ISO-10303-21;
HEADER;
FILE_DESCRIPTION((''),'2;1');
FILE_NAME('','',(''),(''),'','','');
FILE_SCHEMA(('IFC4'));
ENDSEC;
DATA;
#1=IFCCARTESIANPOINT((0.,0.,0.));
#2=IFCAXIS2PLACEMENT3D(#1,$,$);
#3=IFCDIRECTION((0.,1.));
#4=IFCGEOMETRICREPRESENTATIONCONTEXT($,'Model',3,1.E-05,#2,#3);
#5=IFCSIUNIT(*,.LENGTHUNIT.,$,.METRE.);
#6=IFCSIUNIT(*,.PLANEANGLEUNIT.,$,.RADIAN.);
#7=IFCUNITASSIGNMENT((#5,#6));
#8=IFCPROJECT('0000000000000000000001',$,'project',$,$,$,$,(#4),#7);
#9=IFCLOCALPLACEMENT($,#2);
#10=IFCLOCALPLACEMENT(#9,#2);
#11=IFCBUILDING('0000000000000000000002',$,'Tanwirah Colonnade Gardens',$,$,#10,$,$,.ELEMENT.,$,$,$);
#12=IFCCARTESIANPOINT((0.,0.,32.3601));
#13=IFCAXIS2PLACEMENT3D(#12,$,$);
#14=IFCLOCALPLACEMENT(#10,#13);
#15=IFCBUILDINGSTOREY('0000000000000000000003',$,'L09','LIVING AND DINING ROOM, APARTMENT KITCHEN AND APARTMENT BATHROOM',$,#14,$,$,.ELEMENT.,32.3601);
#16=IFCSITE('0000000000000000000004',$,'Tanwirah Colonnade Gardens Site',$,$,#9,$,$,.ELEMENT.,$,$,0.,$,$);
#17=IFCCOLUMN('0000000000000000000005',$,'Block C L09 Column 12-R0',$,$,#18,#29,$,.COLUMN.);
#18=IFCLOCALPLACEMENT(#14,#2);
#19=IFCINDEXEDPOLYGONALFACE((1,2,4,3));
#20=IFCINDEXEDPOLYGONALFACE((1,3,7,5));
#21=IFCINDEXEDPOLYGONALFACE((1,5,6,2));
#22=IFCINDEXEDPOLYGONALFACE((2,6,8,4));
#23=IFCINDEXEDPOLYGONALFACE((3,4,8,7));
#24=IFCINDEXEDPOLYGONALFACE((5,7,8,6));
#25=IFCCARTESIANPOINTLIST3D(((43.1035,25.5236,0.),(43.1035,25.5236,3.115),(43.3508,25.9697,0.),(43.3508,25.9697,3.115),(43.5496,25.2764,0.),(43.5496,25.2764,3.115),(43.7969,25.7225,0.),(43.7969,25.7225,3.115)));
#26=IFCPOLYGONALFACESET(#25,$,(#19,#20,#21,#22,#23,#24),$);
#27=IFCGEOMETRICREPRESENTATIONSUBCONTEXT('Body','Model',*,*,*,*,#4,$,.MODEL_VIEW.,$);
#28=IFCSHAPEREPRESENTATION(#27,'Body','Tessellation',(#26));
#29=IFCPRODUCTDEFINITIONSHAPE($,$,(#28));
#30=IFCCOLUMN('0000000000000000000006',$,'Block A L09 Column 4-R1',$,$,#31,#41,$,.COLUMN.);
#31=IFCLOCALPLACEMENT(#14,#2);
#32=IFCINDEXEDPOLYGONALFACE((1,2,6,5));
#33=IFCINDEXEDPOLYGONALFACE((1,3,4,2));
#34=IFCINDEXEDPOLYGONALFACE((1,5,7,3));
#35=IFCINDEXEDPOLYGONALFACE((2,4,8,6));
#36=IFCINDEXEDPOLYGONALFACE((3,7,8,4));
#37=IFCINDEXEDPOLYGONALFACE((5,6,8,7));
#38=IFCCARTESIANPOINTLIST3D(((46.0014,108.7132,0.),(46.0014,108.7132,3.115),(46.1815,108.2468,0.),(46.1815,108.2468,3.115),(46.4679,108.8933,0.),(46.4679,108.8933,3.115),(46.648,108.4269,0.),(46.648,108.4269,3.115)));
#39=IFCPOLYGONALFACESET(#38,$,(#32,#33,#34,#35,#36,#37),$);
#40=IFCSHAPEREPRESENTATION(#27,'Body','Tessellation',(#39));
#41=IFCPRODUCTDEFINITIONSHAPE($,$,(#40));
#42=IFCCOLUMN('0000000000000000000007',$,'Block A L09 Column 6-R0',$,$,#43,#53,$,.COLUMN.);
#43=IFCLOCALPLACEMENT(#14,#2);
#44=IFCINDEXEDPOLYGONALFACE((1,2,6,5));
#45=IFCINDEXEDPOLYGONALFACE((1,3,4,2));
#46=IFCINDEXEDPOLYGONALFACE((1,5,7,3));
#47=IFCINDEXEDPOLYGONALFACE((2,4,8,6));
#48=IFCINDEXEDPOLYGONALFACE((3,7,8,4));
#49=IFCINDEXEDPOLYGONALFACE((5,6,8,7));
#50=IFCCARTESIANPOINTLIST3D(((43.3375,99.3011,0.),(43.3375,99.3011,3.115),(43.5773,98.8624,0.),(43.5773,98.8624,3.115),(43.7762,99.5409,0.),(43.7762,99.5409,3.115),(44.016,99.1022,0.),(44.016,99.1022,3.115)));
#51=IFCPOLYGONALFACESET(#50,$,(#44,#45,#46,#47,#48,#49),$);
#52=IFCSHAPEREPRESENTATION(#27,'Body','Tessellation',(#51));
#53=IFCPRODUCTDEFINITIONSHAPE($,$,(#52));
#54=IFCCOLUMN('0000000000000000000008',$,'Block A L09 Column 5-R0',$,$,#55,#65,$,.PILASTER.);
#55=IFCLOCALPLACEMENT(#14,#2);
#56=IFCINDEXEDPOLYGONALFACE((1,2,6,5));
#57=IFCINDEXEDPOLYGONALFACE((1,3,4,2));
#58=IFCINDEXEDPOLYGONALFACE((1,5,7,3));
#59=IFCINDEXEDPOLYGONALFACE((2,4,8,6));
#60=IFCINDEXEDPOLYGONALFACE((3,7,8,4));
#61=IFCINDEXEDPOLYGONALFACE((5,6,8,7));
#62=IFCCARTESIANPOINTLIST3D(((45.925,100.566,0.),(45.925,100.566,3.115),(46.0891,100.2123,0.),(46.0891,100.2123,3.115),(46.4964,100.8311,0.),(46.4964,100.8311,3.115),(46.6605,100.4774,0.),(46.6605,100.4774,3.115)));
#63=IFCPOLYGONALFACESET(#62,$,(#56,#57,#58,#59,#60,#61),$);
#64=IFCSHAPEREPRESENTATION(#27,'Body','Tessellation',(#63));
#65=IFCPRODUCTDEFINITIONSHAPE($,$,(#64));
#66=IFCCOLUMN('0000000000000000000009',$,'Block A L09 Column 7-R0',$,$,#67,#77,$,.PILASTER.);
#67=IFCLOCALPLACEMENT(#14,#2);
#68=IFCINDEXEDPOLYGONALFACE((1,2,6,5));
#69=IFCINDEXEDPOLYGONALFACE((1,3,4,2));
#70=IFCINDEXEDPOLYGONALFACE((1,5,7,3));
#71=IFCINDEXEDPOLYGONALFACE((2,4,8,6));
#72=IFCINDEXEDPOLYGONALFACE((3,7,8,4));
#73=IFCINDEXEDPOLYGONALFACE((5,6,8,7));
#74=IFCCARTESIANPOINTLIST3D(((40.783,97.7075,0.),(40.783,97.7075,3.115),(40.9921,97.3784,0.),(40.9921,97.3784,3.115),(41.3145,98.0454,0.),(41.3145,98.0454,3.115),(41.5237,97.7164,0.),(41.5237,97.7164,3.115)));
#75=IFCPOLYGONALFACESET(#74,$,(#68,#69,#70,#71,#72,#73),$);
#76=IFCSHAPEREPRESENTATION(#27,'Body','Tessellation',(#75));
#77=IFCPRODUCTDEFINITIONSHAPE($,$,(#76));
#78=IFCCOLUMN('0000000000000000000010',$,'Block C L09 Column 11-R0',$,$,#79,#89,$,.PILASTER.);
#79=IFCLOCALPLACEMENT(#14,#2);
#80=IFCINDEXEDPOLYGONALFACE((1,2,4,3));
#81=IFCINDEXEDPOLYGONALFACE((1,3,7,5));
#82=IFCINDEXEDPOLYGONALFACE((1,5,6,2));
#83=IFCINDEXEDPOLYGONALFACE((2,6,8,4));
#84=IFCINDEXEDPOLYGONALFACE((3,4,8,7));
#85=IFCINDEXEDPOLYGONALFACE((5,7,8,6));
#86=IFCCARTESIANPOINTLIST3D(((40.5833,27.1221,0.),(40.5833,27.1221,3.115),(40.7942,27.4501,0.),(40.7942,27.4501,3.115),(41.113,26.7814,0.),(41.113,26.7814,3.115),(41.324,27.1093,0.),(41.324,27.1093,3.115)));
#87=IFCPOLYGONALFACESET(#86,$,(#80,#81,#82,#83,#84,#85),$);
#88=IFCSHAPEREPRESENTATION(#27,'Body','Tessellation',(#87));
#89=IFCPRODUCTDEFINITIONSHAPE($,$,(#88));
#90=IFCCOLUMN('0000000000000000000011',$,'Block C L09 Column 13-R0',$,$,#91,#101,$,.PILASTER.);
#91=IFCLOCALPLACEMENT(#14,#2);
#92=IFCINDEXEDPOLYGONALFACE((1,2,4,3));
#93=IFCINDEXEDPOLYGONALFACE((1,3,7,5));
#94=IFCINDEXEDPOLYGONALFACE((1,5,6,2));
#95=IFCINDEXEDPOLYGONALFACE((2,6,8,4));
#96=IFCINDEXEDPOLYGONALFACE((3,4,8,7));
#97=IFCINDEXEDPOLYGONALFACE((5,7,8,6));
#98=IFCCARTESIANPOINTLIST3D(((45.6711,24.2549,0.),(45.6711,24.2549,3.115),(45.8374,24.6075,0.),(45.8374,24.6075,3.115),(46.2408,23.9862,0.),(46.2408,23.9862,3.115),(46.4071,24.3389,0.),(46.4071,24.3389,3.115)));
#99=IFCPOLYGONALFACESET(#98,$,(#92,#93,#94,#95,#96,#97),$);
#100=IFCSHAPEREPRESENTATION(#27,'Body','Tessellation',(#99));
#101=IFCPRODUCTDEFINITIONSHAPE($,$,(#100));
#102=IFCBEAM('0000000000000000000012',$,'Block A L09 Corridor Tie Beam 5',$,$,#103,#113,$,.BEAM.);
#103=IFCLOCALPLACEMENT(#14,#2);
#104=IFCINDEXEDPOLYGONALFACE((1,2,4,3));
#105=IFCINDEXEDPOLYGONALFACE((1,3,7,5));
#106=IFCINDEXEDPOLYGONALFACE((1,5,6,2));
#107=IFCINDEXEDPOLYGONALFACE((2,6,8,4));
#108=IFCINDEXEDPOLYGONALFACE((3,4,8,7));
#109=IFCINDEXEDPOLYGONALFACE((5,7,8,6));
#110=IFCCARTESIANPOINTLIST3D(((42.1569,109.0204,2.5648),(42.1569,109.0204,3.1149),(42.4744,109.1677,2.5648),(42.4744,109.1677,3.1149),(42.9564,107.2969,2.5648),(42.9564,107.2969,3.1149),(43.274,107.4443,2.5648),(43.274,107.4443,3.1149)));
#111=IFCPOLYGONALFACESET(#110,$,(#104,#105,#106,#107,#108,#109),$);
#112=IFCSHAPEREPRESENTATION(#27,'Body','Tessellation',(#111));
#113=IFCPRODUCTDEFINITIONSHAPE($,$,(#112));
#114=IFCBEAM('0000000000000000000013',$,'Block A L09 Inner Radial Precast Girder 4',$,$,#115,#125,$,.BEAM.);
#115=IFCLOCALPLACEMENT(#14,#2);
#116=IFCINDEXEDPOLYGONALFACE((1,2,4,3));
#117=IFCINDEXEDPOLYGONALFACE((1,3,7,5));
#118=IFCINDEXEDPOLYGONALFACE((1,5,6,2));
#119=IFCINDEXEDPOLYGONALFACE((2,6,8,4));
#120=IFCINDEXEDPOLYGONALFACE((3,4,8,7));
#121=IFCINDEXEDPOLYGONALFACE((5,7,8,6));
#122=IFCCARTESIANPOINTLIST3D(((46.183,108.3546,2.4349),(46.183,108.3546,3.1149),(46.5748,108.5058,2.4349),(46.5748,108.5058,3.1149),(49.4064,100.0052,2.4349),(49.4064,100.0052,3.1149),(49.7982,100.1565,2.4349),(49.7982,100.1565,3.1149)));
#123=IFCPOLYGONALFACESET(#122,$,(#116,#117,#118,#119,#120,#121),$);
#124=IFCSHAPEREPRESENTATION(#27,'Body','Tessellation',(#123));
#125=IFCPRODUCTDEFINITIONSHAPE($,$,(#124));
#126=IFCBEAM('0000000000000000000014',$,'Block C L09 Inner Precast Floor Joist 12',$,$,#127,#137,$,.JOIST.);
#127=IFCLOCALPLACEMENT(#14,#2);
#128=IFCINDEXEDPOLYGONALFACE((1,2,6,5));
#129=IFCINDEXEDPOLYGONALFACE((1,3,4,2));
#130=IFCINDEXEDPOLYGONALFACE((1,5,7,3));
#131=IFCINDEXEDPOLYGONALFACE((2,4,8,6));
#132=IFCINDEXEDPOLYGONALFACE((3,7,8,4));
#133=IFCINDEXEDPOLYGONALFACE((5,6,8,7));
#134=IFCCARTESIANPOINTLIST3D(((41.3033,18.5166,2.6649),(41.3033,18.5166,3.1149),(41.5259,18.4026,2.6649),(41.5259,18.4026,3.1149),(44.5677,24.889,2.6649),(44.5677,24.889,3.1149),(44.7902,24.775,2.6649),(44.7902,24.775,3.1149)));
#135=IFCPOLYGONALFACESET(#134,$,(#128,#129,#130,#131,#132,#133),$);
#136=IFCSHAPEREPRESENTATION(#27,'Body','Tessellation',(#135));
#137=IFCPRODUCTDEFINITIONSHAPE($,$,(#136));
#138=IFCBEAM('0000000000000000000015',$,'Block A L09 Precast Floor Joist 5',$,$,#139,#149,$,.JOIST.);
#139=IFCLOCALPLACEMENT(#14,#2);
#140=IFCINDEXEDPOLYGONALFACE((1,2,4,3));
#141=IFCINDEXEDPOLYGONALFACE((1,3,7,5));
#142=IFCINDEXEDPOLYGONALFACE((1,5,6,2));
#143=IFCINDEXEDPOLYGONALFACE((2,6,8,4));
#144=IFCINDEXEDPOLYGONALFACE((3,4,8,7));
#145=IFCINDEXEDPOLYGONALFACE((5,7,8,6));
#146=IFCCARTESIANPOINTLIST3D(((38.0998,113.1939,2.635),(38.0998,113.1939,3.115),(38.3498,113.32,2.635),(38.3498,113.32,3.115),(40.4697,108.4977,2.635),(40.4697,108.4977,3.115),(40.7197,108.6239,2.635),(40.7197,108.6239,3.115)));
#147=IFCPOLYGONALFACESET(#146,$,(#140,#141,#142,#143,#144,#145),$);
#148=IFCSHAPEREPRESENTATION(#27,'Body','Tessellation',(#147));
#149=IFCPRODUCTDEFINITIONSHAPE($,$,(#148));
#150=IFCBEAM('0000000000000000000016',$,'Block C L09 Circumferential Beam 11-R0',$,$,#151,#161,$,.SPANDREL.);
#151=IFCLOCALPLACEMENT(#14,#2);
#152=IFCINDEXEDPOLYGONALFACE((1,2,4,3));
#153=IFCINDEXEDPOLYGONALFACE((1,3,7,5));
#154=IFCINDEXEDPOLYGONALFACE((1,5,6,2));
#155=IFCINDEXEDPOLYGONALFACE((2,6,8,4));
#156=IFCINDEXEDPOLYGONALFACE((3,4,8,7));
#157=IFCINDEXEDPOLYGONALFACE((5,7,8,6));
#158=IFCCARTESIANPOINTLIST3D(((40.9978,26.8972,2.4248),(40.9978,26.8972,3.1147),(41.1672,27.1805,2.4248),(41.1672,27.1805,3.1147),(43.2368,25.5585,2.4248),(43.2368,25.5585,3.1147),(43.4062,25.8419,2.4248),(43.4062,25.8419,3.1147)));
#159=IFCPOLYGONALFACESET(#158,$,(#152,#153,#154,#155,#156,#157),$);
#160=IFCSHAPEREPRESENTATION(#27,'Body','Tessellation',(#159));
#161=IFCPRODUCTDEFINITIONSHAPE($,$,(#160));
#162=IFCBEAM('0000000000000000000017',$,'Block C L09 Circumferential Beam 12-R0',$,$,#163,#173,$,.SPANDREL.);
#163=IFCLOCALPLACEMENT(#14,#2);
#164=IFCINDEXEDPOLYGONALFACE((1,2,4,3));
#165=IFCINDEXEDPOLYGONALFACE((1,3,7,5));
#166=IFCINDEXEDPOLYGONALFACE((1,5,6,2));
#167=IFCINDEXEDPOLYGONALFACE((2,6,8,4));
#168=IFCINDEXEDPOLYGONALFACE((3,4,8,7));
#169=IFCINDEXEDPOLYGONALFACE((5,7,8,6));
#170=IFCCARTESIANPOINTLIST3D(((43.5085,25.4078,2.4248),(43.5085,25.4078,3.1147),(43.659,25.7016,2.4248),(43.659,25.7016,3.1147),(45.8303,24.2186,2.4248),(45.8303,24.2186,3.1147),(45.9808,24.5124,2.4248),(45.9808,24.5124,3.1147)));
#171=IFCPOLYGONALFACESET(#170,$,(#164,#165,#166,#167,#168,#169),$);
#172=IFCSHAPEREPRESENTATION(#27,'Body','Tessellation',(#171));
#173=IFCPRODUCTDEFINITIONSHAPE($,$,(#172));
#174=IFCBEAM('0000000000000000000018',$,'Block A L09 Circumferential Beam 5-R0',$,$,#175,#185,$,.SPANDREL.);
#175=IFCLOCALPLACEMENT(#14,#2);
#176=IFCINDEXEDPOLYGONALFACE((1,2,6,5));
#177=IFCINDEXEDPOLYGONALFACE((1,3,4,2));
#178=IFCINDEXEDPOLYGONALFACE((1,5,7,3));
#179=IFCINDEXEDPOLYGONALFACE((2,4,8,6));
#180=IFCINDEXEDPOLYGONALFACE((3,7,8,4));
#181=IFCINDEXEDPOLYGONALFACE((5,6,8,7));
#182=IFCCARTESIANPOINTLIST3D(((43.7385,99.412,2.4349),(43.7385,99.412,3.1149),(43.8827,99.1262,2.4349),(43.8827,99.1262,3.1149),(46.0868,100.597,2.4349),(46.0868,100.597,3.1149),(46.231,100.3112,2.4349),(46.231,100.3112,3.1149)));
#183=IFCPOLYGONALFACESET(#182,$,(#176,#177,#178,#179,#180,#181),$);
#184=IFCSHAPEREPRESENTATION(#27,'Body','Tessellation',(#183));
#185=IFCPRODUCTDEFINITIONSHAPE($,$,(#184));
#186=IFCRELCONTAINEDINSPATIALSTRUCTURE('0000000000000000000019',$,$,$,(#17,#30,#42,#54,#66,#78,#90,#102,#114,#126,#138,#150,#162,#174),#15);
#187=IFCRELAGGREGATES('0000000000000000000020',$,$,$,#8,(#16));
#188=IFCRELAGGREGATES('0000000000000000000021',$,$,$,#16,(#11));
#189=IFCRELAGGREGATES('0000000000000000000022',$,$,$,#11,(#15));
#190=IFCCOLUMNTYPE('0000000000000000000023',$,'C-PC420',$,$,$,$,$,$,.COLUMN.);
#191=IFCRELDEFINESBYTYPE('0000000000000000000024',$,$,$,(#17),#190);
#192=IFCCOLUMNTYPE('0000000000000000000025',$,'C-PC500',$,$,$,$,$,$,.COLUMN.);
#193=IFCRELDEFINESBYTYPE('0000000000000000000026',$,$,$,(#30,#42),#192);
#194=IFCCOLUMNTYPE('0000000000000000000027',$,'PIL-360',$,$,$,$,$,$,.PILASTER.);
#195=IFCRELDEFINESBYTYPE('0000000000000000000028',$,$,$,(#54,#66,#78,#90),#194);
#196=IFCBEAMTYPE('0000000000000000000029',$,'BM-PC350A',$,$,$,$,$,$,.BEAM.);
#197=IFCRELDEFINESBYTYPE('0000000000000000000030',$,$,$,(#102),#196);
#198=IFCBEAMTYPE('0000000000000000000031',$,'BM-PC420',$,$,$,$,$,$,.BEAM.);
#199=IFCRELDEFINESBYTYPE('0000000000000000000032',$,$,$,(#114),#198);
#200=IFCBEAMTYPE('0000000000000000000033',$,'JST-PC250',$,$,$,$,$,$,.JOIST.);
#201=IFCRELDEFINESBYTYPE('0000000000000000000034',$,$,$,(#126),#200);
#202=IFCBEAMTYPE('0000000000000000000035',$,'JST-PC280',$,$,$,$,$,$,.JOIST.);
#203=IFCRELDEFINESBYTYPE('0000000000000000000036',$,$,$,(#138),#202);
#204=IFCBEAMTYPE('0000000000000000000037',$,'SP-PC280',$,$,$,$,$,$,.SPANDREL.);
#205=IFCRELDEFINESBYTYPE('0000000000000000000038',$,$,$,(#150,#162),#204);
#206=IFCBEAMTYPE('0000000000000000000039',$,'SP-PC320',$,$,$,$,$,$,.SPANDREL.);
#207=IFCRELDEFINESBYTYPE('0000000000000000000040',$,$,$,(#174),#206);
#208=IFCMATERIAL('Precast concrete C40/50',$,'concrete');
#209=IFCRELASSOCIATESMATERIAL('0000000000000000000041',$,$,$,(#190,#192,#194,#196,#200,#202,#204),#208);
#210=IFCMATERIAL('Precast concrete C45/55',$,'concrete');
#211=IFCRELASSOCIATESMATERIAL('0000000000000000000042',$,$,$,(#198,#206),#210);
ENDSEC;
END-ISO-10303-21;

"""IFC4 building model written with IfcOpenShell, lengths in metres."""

from ifc_helpers import new_model, si_unit, direction, frame, origin, origin_2d, place, context, subcontext, project, spatial, rectangle, extrude, material, material_profile, profile_set, type_object, element, save


model = new_model("IFC4")

# Units and contexts
model_context = context("Model", 3, precision=1e-05, world=origin(), true_north=direction((0.0, 1.0)))
body_context = subcontext(model_context, "Body", "Model", "MODEL_VIEW")
ifc_project = project(units=[si_unit("LENGTHUNIT", "METRE"), si_unit("PLANEANGLEUNIT", "RADIAN")], contexts=[model_context])

# Site, building, storey
site_placement = place(None, origin())
site = spatial("IfcSite", under=ifc_project, at=site_placement, Name="Tanwirah Colonnade Gardens Site", CompositionType="ELEMENT", RefElevation=0.0)
building_placement = place(site_placement, origin())
building = spatial("IfcBuilding", under=site, at=building_placement, Name="Tanwirah Colonnade Gardens", CompositionType="ELEMENT")
storey_placement = place(building_placement, frame((0.0, 0.0, 32.3601)))
storey = spatial("IfcBuildingStorey", under=building, at=storey_placement, Name="L09", Description="LIVING AND DINING ROOM, APARTMENT KITCHEN AND APARTMENT BATHROOM", CompositionType="ELEMENT", Elevation=32.3601)

# Columns
ifc_material_1 = material(Name="Precast concrete C40/50", Category="concrete")
ifc_material_profile_1 = material_profile(ifc_material_1, rectangle(XDim=0.51, YDim=0.51, at=origin_2d()), Name="PC-COL 510x510")
ifc_profile_set_1 = profile_set([ifc_material_profile_1], Name="Precast concrete C40/50")
column_type_1 = type_object("IfcColumnType", Name="C-PC420", PredefinedType="COLUMN", material=ifc_profile_set_1)
column_placement = place(storey_placement, frame((43.4502, 25.623, 0.0), z_axis=(0.0, 0.0, 1.0), x_axis=(-0.48481, -0.87462, 0.0)))
element("IfcColumn", 1, at=column_placement, inside=storey, type_object=column_type_1, Name="Block C L09 Column 12-R0", PredefinedType="COLUMN", context=body_context, shape_type="SweptSolid", body=[
    extrude(rectangle(XDim=0.51, YDim=0.51, at=origin_2d()), origin(), (0.0, 0.0, 1.0), 3.115),
])
ifc_material_profile_2 = material_profile(ifc_material_1, rectangle(XDim=0.5, YDim=0.5, at=origin_2d()), Name="PC-COL 500x500")
ifc_profile_set_2 = profile_set([ifc_material_profile_2], Name="Precast concrete C40/50")
column_type_2 = type_object("IfcColumnType", Name="C-PC500", PredefinedType="COLUMN", material=ifc_profile_set_2)
for number, where, z_axis, x_axis, name in (
    (2, (46.3247, 108.5701, 0.0), (0.0, 0.0, 1.0), (-0.360178, 0.932884, 0.0), "Block A L09 Column 4-R1"),
    (3, (43.6768, 99.2017, 0.0), (0.0, 0.0, 1.0), (-0.479713, 0.877425, 0.0), "Block A L09 Column 6-R0"),
):
    element("IfcColumn", number, at=place(storey_placement, frame(where, z_axis=z_axis, x_axis=x_axis)), inside=storey, type_object=column_type_2, Name=name, PredefinedType="COLUMN", context=body_context, shape_type="SweptSolid", body=[
        extrude(rectangle(XDim=0.5, YDim=0.5, at=origin_2d()), origin(), (0.0, 0.0, 1.0), 3.115),
    ])
ifc_material_profile_3 = material_profile(ifc_material_1, rectangle(XDim=0.3899, YDim=0.6299, at=origin_2d()), Name="PC-PIL 390x630")
ifc_profile_set_3 = profile_set([ifc_material_profile_3], Name="Precast concrete C40/50")
column_type_3 = type_object("IfcColumnType", Name="PIL-360", PredefinedType="PILASTER", material=ifc_profile_set_3)
for number, where, z_axis, x_axis, name in (
    (4, (46.2927, 100.5217, 0.0), (0.0, 0.0, 1.0), (-0.42086, 0.907126, 0.0), "Block A L09 Column 5-R0"),
    (5, (41.1533, 97.7119, 0.0), (0.0, 0.0, 1.0), (-0.536482, 0.843912, 0.0), "Block A L09 Column 7-R0"),
    (6, (40.9536, 27.1157, 0.0), (0.0, 0.0, 1.0), (-0.540974, -0.841039, 0.0), "Block C L09 Column 11-R0"),
    (7, (46.0391, 24.2969, 0.0), (0.0, 0.0, 1.0), (-0.426569, -0.904455, 0.0), "Block C L09 Column 13-R0"),
):
    element("IfcColumn", number, at=place(storey_placement, frame(where, z_axis=z_axis, x_axis=x_axis)), inside=storey, type_object=column_type_3, Name=name, PredefinedType="PILASTER", context=body_context, shape_type="SweptSolid", body=[
        extrude(rectangle(XDim=0.3899, YDim=0.6299, at=origin_2d()), origin(), (0.0, 0.0, 1.0), 3.115),
    ])

# Beams
ifc_material_profile_4 = material_profile(ifc_material_1, rectangle(XDim=0.3501, YDim=0.55, at=origin_2d()), Name="PC-BM 350x550")
ifc_profile_set_4 = profile_set([ifc_material_profile_4], Name="Precast concrete C40/50")
beam_type_1 = type_object("IfcBeamType", Name="BM-PC350A", PredefinedType="BEAM", material=ifc_profile_set_4)
beam_1_placement = place(storey_placement, frame((43.1152, 107.3706, 2.8398), z_axis=(-0.420858, 0.907126, 0.0), x_axis=(-0.907126, -0.420858, 0.0)))
element("IfcBeam", 8, at=beam_1_placement, inside=storey, type_object=beam_type_1, Name="Block A L09 Corridor Tie Beam 5", PredefinedType="BEAM", context=body_context, shape_type="SweptSolid", body=[
    extrude(rectangle(XDim=0.3501, YDim=0.55, at=origin_2d()), origin(), (0.0, 0.0, 1.0), 1.8999),
])
ifc_material_2 = material(Name="Precast concrete C45/55", Category="concrete")
ifc_material_profile_5 = material_profile(ifc_material_2, rectangle(XDim=0.4199, YDim=0.6799, at=origin_2d()), Name="PC-BM 420x680")
ifc_profile_set_5 = profile_set([ifc_material_profile_5], Name="Precast concrete C45/55")
beam_type_2 = type_object("IfcBeamType", Name="BM-PC420", PredefinedType="BEAM", material=ifc_profile_set_5)
beam_2_placement = place(storey_placement, frame((46.3789, 108.4302, 2.7749), z_axis=(0.360156, -0.932892, 0.0), x_axis=(0.932892, 0.360156, 0.0)))
element("IfcBeam", 9, at=beam_2_placement, inside=storey, type_object=beam_type_2, Name="Block A L09 Inner Radial Precast Girder 4", PredefinedType="BEAM", context=body_context, shape_type="SweptSolid", body=[
    extrude(rectangle(XDim=0.4199, YDim=0.6799, at=origin_2d()), origin(), (0.0, 0.0, 1.0), 8.95),
])
ifc_material_profile_6 = material_profile(ifc_material_1, rectangle(XDim=0.25, YDim=0.45, at=origin_2d()), Name="PC-JST 250x450")
ifc_profile_set_6 = profile_set([ifc_material_profile_6], Name="Precast concrete C40/50")
beam_type_3 = type_object("IfcBeamType", Name="JST-PC250", PredefinedType="JOIST", material=ifc_profile_set_6)
beam_3_placement = place(storey_placement, frame((44.679, 24.832, 2.8899), z_axis=(-0.455921, -0.89002, 0.0), x_axis=(0.89002, -0.455921, 0.0)))
element("IfcBeam", 10, at=beam_3_placement, inside=storey, type_object=beam_type_3, Name="Block C L09 Inner Precast Floor Joist 12", PredefinedType="JOIST", context=body_context, shape_type="SweptSolid", body=[
    extrude(rectangle(XDim=0.25, YDim=0.45, at=origin_2d()), origin(), (0.0, 0.0, 1.0), 7.1599),
])
ifc_material_profile_7 = material_profile(ifc_material_1, rectangle(XDim=0.28, YDim=0.48, at=origin_2d()), Name="PC-JST 280x480")
ifc_profile_set_7 = profile_set([ifc_material_profile_7], Name="Precast concrete C40/50")
beam_type_4 = type_object("IfcBeamType", Name="JST-PC280", PredefinedType="JOIST", material=ifc_profile_set_7)
beam_4_placement = place(storey_placement, frame((40.5947, 108.5608, 2.875), z_axis=(-0.450534, 0.892759, 0.0), x_axis=(-0.892759, -0.450534, 0.0)))
element("IfcBeam", 11, at=beam_4_placement, inside=storey, type_object=beam_type_4, Name="Block A L09 Precast Floor Joist 5", PredefinedType="JOIST", context=body_context, shape_type="SweptSolid", body=[
    extrude(rectangle(XDim=0.28, YDim=0.48, at=origin_2d()), origin(), (0.0, 0.0, 1.0), 5.2603),
])
ifc_material_profile_8 = material_profile(ifc_material_1, rectangle(XDim=0.3301, YDim=0.6899, at=origin_2d()), Name="PC-SP 330x690")
ifc_profile_set_8 = profile_set([ifc_material_profile_8], Name="Precast concrete C40/50")
beam_type_5 = type_object("IfcBeamType", Name="SP-PC280", PredefinedType="SPANDREL", material=ifc_profile_set_8)
for number, where, z_axis, x_axis, name in (
    (12, (41.0825, 27.0388, 2.7698), (0.858301, -0.513146, 0.0), (0.513146, 0.858301, 0.0), "Block C L09 Circumferential Beam 11-R0"),
    (13, (43.5837, 25.5547, 2.7698), (0.890042, -0.455878, 0.0), (0.455878, 0.890042, 0.0), "Block C L09 Circumferential Beam 12-R0"),
):
    element("IfcBeam", number, at=place(storey_placement, frame(where, z_axis=z_axis, x_axis=x_axis)), inside=storey, type_object=beam_type_5, Name=name, PredefinedType="SPANDREL", context=body_context, shape_type="SweptSolid", body=[
        extrude(rectangle(XDim=0.3301, YDim=0.6899, at=origin_2d()), origin(), (0.0, 0.0, 1.0), 2.6086),
    ])
ifc_material_profile_9 = material_profile(ifc_material_2, rectangle(XDim=0.3201, YDim=0.6799, at=origin_2d()), Name="PC-SP 320x680")
ifc_profile_set_9 = profile_set([ifc_material_profile_9], Name="Precast concrete C45/55")
beam_type_6 = type_object("IfcBeamType", Name="SP-PC320", PredefinedType="SPANDREL", material=ifc_profile_set_9)
for number, where, z_axis, x_axis, name in (
    (14, (46.1589, 100.4541, 2.7749), (-0.892769, -0.450515, 0.0), (0.450515, -0.892769, 0.0), "Block A L09 Circumferential Beam 5-R0"),
):
    element("IfcBeam", number, at=place(storey_placement, frame(where, z_axis=z_axis, x_axis=x_axis)), inside=storey, type_object=beam_type_6, Name=name, PredefinedType="SPANDREL", context=body_context, shape_type="SweptSolid", body=[
        extrude(rectangle(XDim=0.3201, YDim=0.6799, at=origin_2d()), origin(), (0.0, 0.0, 1.0), 2.6304),
    ])

save(model, "model.ifc")
